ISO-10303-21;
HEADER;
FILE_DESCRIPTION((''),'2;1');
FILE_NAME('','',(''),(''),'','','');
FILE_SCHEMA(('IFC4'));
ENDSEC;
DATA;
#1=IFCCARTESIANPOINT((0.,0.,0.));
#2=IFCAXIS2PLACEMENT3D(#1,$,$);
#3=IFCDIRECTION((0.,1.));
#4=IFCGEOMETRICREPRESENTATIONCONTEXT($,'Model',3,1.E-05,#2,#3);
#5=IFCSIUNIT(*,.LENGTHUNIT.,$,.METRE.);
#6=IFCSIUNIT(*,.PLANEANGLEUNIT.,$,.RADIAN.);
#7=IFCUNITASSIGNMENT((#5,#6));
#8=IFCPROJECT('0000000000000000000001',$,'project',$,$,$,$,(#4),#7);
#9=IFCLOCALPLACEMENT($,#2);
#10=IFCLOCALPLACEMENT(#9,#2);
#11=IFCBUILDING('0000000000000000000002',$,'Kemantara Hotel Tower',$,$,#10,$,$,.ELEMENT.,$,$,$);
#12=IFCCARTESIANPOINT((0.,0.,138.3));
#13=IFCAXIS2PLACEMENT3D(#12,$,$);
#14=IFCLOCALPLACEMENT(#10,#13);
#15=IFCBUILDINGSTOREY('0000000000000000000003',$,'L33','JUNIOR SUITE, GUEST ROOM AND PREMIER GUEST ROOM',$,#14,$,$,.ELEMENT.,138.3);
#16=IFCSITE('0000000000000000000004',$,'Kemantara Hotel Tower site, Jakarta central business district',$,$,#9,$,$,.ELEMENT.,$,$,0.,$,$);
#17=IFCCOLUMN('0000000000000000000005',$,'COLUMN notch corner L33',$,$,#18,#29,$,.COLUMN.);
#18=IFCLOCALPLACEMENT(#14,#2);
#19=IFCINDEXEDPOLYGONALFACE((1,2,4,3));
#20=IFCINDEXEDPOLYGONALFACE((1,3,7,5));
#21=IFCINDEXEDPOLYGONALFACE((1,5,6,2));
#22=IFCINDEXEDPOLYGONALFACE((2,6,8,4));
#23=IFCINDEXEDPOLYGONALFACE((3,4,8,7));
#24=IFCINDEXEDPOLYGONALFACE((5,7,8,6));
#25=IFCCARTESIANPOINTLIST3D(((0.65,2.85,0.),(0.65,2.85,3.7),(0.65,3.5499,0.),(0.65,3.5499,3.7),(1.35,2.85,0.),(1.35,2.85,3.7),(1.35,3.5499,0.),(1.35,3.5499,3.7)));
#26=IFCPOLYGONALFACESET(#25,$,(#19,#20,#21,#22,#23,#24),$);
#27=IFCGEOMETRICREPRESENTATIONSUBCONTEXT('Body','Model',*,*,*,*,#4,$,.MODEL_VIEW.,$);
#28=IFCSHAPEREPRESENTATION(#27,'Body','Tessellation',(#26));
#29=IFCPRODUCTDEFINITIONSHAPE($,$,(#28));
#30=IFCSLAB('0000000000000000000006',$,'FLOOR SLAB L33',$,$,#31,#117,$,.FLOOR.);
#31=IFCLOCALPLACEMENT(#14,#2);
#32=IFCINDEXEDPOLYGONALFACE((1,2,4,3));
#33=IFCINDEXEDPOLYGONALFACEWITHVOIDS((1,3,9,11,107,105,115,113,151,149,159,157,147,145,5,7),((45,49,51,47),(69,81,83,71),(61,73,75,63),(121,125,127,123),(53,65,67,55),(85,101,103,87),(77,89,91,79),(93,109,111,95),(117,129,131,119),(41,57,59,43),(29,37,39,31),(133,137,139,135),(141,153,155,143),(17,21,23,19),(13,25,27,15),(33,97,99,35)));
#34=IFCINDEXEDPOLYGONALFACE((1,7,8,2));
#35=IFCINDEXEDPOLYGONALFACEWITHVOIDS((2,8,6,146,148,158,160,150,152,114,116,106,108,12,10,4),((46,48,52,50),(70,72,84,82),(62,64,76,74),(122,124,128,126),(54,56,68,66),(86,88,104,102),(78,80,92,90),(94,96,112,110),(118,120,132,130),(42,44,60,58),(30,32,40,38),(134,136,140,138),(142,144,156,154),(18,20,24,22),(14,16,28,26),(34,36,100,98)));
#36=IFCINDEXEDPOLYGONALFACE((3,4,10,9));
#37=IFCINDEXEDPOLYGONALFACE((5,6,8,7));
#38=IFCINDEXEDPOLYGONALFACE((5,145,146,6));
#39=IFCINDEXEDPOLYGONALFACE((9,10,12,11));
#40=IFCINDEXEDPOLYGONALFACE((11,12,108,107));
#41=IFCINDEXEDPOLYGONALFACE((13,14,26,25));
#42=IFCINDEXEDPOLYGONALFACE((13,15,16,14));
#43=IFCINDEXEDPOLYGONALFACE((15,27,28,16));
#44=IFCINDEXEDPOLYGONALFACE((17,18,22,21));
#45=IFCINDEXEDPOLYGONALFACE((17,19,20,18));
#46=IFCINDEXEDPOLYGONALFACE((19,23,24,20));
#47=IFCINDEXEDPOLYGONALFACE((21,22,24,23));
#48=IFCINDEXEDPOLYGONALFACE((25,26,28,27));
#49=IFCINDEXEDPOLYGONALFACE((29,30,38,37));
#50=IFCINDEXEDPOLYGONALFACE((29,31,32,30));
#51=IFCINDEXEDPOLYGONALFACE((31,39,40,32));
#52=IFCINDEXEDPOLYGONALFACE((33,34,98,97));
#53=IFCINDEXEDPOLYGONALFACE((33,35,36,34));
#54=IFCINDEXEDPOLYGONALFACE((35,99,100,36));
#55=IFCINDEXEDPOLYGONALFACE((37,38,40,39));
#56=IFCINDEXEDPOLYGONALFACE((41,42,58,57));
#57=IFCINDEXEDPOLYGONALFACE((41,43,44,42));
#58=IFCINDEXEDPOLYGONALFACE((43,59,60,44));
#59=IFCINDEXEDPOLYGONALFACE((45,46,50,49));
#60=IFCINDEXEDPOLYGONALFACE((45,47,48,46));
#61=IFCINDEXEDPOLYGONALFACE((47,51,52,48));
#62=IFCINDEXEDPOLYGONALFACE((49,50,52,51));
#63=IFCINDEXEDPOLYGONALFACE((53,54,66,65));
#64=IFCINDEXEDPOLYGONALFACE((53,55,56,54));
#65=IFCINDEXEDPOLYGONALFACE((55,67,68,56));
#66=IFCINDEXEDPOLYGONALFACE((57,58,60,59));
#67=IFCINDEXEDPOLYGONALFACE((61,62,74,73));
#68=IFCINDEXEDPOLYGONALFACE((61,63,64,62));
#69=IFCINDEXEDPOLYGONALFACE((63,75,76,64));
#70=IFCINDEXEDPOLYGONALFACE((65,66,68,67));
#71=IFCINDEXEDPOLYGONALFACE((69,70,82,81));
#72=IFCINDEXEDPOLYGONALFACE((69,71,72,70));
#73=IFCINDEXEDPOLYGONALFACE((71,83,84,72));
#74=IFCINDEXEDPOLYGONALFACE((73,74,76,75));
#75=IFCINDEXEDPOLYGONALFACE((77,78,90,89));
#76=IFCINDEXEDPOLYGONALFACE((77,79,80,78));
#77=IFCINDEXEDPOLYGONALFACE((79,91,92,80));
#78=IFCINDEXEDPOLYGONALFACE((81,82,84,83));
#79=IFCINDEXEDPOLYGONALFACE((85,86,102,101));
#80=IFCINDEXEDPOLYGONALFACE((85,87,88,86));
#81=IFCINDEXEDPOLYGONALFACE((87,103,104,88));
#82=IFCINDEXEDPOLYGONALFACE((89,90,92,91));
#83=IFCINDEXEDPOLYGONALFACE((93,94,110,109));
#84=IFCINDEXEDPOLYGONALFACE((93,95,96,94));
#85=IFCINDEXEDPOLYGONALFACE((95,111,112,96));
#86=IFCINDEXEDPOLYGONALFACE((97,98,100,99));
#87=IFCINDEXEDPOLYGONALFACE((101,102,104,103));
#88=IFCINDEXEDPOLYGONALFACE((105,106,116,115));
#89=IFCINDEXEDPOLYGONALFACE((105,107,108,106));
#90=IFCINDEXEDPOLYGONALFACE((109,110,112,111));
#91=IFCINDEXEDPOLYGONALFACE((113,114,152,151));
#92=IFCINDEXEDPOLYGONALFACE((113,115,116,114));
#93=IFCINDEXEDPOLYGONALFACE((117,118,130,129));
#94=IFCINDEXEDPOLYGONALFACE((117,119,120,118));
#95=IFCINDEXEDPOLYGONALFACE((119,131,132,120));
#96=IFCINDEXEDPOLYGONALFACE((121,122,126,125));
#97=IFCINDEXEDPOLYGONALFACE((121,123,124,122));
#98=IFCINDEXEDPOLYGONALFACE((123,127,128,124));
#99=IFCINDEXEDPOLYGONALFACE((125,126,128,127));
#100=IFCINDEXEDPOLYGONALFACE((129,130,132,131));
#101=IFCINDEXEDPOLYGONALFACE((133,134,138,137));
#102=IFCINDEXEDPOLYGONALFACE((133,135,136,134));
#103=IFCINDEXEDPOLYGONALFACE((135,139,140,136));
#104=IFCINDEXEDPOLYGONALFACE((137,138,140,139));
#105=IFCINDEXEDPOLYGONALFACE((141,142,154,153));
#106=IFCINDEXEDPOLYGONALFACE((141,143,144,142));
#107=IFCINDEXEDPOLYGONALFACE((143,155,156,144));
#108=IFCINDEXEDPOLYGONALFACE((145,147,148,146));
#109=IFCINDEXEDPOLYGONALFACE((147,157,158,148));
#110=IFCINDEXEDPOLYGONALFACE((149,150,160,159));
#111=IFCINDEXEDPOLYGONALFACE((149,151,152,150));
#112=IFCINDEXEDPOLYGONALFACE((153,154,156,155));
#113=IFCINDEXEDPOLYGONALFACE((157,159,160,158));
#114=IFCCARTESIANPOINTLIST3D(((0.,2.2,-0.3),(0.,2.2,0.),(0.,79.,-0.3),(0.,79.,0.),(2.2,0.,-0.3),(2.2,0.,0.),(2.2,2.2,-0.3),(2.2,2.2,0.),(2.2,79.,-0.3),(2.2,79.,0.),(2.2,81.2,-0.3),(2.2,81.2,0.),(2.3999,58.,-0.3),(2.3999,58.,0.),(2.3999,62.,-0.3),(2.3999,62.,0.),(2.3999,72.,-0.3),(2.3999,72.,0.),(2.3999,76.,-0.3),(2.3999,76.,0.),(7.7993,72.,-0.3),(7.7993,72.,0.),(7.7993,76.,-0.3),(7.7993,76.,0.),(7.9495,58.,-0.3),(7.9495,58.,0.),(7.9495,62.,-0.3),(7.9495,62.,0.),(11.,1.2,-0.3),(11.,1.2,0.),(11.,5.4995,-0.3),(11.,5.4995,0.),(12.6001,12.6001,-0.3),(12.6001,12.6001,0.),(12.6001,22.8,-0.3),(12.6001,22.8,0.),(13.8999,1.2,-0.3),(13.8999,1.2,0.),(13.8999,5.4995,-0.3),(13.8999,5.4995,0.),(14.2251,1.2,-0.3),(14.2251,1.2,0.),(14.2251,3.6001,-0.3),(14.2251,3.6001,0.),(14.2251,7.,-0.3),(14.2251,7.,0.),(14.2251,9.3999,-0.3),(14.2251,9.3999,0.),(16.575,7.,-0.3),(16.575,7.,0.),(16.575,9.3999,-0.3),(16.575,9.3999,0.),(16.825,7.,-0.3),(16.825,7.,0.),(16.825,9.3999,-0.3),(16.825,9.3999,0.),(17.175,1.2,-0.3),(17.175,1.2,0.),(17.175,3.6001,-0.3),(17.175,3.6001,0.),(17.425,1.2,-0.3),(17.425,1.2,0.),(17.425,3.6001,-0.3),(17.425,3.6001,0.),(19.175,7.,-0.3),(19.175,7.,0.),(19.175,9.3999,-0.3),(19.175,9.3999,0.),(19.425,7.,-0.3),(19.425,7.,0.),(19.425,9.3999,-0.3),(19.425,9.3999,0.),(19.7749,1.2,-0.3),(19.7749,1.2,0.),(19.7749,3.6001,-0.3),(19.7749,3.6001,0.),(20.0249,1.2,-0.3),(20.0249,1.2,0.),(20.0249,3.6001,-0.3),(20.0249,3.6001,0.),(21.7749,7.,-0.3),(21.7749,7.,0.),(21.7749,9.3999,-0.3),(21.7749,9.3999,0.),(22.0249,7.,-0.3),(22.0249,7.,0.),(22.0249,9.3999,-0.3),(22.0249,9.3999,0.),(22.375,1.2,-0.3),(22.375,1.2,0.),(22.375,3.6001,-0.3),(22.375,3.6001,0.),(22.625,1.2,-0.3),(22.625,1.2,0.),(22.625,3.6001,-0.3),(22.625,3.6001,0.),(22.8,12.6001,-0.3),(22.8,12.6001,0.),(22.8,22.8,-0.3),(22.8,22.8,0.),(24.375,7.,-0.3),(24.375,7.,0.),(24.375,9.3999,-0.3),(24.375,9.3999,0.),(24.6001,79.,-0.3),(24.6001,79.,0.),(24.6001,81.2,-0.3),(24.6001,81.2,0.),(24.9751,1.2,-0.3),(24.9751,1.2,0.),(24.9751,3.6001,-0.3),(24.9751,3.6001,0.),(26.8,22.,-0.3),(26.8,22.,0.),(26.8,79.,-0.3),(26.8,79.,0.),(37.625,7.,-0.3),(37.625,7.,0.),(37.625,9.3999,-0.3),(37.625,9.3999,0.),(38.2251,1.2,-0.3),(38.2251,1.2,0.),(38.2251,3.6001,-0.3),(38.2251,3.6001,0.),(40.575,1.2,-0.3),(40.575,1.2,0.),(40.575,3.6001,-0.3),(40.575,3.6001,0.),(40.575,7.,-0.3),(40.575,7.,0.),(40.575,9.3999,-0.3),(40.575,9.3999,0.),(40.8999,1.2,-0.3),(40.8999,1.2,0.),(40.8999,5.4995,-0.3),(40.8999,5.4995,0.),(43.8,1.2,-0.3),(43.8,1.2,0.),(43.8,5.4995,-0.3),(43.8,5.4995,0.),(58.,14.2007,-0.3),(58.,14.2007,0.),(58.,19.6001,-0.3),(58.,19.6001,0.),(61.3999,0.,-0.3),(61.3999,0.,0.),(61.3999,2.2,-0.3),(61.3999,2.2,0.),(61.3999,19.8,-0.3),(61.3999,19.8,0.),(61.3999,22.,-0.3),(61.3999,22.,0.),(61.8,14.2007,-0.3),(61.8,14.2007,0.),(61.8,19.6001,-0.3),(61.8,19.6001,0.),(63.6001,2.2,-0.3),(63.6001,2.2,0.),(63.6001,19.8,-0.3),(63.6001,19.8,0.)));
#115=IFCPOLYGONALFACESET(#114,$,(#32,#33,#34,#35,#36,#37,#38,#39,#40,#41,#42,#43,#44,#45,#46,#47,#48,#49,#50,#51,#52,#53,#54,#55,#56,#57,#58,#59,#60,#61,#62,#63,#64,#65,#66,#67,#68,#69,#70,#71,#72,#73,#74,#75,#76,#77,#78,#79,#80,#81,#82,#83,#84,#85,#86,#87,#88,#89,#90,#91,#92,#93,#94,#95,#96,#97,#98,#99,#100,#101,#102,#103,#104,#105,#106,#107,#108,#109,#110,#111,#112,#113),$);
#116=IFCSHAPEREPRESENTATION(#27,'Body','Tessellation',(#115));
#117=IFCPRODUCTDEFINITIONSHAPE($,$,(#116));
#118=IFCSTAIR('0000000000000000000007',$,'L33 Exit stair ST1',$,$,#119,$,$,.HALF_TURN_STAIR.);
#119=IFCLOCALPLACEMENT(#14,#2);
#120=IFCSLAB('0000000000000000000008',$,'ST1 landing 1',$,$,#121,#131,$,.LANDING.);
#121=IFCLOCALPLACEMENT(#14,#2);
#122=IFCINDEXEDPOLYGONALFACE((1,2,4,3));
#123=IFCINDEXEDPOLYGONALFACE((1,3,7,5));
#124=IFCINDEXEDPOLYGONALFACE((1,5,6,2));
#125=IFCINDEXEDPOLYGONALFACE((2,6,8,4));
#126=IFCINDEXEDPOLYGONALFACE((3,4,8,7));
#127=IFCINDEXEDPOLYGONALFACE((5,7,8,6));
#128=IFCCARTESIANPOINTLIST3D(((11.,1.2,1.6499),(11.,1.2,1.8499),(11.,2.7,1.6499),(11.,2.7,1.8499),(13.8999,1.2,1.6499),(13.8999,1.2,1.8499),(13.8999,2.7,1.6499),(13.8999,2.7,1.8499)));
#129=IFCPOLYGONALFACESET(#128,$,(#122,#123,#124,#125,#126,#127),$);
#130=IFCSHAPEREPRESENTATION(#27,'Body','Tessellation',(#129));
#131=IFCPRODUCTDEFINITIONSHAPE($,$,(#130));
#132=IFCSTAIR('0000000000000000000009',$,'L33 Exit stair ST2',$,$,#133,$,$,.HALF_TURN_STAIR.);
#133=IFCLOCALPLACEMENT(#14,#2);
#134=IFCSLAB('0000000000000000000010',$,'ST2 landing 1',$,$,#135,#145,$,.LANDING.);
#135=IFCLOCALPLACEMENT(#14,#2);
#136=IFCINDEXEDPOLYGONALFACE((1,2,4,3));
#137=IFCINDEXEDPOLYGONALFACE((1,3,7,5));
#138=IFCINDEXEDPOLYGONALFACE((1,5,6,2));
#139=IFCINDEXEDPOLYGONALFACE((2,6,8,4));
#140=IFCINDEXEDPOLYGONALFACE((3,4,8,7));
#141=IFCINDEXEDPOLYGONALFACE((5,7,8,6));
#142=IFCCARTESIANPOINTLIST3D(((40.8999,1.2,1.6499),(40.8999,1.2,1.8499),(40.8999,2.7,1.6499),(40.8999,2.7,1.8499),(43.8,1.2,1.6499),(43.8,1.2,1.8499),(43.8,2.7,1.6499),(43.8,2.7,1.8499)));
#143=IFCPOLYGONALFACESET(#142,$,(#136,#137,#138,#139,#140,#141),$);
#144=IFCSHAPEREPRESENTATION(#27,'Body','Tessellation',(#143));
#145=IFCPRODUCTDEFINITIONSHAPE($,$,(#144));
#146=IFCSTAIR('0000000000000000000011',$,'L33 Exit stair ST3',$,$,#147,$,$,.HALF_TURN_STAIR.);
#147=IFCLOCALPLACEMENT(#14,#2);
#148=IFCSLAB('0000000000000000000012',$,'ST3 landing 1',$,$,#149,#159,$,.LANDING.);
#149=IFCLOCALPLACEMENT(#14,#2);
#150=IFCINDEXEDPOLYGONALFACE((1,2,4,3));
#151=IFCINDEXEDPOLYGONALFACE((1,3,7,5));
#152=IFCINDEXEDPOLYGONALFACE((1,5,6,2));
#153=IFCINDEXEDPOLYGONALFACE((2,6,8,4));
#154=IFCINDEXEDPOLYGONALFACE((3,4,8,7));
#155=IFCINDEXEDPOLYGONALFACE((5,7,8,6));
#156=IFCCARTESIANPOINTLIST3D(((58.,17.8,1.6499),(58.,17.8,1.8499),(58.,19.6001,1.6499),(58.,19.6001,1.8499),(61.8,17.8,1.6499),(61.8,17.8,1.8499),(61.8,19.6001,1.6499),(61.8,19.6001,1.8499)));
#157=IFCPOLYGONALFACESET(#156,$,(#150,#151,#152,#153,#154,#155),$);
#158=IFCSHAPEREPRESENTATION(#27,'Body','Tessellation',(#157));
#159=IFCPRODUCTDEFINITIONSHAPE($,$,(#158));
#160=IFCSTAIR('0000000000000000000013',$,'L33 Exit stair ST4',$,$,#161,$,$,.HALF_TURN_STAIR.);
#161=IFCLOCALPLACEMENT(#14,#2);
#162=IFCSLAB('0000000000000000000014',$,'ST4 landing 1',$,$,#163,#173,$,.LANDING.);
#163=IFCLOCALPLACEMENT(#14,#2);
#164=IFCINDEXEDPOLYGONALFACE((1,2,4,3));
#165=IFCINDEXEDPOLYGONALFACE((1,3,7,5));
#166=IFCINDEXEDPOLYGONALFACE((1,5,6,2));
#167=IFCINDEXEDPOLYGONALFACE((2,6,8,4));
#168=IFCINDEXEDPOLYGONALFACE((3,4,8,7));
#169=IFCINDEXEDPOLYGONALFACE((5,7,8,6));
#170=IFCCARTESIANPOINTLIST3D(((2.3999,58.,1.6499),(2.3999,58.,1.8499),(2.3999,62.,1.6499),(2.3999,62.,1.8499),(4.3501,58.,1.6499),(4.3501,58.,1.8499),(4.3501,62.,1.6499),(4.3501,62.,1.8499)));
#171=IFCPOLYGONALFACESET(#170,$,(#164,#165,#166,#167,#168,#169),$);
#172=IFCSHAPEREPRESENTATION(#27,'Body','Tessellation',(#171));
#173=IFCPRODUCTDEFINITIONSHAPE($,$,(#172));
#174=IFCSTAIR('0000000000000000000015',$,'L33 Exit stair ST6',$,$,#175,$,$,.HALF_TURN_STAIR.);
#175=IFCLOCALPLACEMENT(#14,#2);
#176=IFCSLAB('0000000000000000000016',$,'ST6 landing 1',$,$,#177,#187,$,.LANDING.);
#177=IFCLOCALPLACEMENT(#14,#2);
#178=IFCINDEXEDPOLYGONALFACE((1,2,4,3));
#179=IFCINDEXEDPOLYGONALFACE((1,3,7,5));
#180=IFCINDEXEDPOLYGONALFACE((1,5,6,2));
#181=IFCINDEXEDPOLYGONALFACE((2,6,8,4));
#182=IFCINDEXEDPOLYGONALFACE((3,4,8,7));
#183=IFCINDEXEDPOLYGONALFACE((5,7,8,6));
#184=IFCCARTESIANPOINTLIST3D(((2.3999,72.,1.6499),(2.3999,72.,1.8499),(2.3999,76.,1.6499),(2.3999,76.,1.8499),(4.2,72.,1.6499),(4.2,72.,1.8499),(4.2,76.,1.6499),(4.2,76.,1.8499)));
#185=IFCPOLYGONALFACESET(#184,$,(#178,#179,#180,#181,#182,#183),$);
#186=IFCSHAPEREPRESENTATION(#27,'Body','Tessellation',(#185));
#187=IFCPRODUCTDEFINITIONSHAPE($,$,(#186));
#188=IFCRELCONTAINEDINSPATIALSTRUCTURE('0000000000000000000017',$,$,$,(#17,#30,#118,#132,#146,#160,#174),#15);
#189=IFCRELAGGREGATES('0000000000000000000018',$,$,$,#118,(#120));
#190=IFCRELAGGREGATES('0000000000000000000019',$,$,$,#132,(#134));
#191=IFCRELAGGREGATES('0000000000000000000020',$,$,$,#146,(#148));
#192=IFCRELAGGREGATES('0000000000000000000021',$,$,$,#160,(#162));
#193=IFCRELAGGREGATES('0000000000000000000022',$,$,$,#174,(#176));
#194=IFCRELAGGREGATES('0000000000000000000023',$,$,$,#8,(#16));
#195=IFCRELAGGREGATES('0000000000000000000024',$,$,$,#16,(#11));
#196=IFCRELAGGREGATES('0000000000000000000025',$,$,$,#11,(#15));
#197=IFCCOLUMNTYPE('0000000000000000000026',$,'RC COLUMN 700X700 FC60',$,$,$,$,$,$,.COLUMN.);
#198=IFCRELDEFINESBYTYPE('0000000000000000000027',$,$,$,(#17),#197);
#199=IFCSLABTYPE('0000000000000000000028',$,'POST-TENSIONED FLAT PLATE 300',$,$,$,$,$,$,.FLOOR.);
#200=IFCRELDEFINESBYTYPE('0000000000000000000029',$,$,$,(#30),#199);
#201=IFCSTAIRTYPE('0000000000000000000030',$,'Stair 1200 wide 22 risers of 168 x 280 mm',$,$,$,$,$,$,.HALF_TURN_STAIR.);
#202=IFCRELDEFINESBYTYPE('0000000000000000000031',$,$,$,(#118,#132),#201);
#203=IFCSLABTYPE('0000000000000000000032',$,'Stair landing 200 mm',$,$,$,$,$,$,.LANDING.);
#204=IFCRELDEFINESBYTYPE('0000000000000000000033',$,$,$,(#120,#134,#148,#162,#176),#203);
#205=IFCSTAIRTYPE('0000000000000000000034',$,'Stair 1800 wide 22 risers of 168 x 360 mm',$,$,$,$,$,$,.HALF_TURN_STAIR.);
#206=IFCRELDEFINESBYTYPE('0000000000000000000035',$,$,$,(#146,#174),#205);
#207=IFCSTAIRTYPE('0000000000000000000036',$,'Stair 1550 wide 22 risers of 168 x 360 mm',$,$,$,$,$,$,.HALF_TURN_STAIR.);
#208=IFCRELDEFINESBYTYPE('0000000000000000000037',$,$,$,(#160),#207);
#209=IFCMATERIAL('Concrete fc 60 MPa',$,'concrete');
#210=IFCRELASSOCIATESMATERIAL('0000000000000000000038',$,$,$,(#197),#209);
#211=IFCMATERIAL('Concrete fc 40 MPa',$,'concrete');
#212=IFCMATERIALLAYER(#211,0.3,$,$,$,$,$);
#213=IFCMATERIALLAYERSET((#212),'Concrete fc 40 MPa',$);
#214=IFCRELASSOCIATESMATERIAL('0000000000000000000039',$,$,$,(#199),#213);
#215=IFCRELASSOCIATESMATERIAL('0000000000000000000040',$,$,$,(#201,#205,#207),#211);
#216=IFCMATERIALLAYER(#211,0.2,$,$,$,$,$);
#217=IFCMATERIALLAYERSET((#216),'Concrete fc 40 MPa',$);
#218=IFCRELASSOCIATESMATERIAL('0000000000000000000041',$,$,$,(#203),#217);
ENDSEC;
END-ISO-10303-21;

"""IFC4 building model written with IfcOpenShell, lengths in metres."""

from ifc_helpers import new_model, si_unit, direction, frame, origin, origin_2d, place, context, subcontext, project, spatial, polyline, rectangle, outline, extrude, material, layer, layer_set, material_profile, profile_set, type_object, element, aggregate, save


model = new_model("IFC4")

# Units and contexts
model_context = context("Model", 3, precision=1e-05, world=origin(), true_north=direction((0.0, 1.0)))
body_context = subcontext(model_context, "Body", "Model", "MODEL_VIEW")
ifc_project = project(units=[si_unit("LENGTHUNIT", "METRE"), si_unit("PLANEANGLEUNIT", "RADIAN")], contexts=[model_context])

# Site, building, storey
site_placement = place(None, origin())
site = spatial("IfcSite", under=ifc_project, at=site_placement, Name="Kemantara Hotel Tower site, Jakarta central business district", CompositionType="ELEMENT", RefElevation=0.0)
building_placement = place(site_placement, origin())
building = spatial("IfcBuilding", under=site, at=building_placement, Name="Kemantara Hotel Tower", CompositionType="ELEMENT")
storey_placement = place(building_placement, frame((0.0, 0.0, 138.3)))
storey = spatial("IfcBuildingStorey", under=building, at=storey_placement, Name="L33", Description="JUNIOR SUITE, GUEST ROOM AND PREMIER GUEST ROOM", CompositionType="ELEMENT", Elevation=138.3)

# Column
ifc_material_1 = material(Name="Concrete fc 60 MPa", Category="concrete")
ifc_material_profile = material_profile(ifc_material_1, rectangle(XDim=0.7, YDim=0.7, at=origin_2d()), Name="RC 700X700")
ifc_profile_set = profile_set([ifc_material_profile], Name="Concrete fc 60 MPa")
column_type = type_object("IfcColumnType", Name="RC COLUMN 700X700 FC60", PredefinedType="COLUMN", material=ifc_profile_set)
column_placement = place(storey_placement, frame((1.0, 3.2, 0.0), z_axis=(0.0, 0.0, 1.0), x_axis=(1.0, 0.0, 0.0)))
element("IfcColumn", 1, at=column_placement, inside=storey, type_object=column_type, Name="COLUMN notch corner L33", PredefinedType="COLUMN", context=body_context, shape_type="SweptSolid", body=[
    extrude(rectangle(XDim=0.7, YDim=0.7, at=origin_2d()), origin(), (0.0, 0.0, 1.0), 3.7),
])

# Slab
ifc_material_2 = material(Name="Concrete fc 40 MPa", Category="concrete")
ifc_layer_1 = layer(ifc_material_2, 0.3)
ifc_layer_set_1 = layer_set([ifc_layer_1], Name="Concrete fc 40 MPa")
slab_type_1 = type_object("IfcSlabType", Name="POST-TENSIONED FLAT PLATE 300", PredefinedType="FLOOR", material=ifc_layer_set_1)
slab_1_placement = place(storey_placement, frame((0.0, 0.0, -0.3)))
element("IfcSlab", 2, at=slab_1_placement, inside=storey, type_object=slab_type_1, Name="FLOOR SLAB L33", PredefinedType="FLOOR", context=body_context, shape_type="SweptSolid", body=[
    extrude(outline(polyline([(26.8, 79.0), (24.6001, 79.0), (24.6001, 81.2), (2.2, 81.2), (2.2, 79.0), (0.0, 79.0), (0.0, 2.2), (2.2, 2.2), (2.2, 0.0), (61.3999, 0.0), (61.3999, 2.2), (63.6001, 2.2), (63.6001, 19.8), (61.3999, 19.8), (61.3999, 22.0), (26.8, 22.0), (26.8, 79.0)]), holes=[polyline([(17.175, 1.2), (14.2251, 1.2), (14.2251, 3.6001), (17.175, 3.6001), (17.175, 1.2)]), polyline([(19.7749, 1.2), (17.425, 1.2), (17.425, 3.6001), (19.7749, 3.6001), (19.7749, 1.2)]), polyline([(11.0, 1.2), (11.0, 5.4995), (13.8999, 5.4995), (13.8999, 1.2), (11.0, 1.2)]), polyline([(16.575, 7.0), (14.2251, 7.0), (14.2251, 9.3999), (16.575, 9.3999), (16.575, 7.0)]), polyline([(19.175, 7.0), (16.825, 7.0), (16.825, 9.3999), (19.175, 9.3999), (19.175, 7.0)]), polyline([(22.8, 12.6001), (12.6001, 12.6001), (12.6001, 22.8), (22.8, 22.8), (22.8, 12.6001)]), polyline([(2.3999, 62.0), (7.9495, 62.0), (7.9495, 58.0), (2.3999, 58.0), (2.3999, 62.0)]), polyline([(2.3999, 76.0), (7.7993, 76.0), (7.7993, 72.0), (2.3999, 72.0), (2.3999, 76.0)]), polyline([(22.375, 1.2), (20.0249, 1.2), (20.0249, 3.6001), (22.375, 3.6001), (22.375, 1.2)]), polyline([(24.9751, 1.2), (22.625, 1.2), (22.625, 3.6001), (24.9751, 3.6001), (24.9751, 1.2)]), polyline([(40.575, 1.2), (38.2251, 1.2), (38.2251, 3.6001), (40.575, 3.6001), (40.575, 1.2)]), polyline([(40.8999, 1.2), (40.8999, 5.4995), (43.8, 5.4995), (43.8, 1.2), (40.8999, 1.2)]), polyline([(21.7749, 7.0), (19.425, 7.0), (19.425, 9.3999), (21.7749, 9.3999), (21.7749, 7.0)]), polyline([(24.375, 7.0), (22.0249, 7.0), (22.0249, 9.3999), (24.375, 9.3999), (24.375, 7.0)]), polyline([(40.575, 7.0), (37.625, 7.0), (37.625, 9.3999), (40.575, 9.3999), (40.575, 7.0)]), polyline([(61.8, 19.6001), (61.8, 14.2007), (58.0, 14.2007), (58.0, 19.6001), (61.8, 19.6001)])]), origin(), (0.0, 0.0, 1.0), 0.3),
])

# Stairs, slabs
stair_type_1 = type_object("IfcStairType", Name="Stair 1200 wide 22 risers of 168 x 280 mm", PredefinedType="HALF_TURN_STAIR", material=ifc_material_2)
stair_1_placement = place(storey_placement, origin())
stair_1 = element("IfcStair", 3, at=stair_1_placement, inside=storey, type_object=stair_type_1, Name="L33 Exit stair ST1", PredefinedType="HALF_TURN_STAIR")
ifc_layer_2 = layer(ifc_material_2, 0.2)
ifc_layer_set_2 = layer_set([ifc_layer_2], Name="Concrete fc 40 MPa")
slab_type_2 = type_object("IfcSlabType", Name="Stair landing 200 mm", PredefinedType="LANDING", material=ifc_layer_set_2)
slab_2_placement = place(storey_placement, frame((0.0, 0.0, 1.6499)))
slab_2 = element("IfcSlab", 4, at=slab_2_placement, type_object=slab_type_2, Name="ST1 landing 1", PredefinedType="LANDING", context=body_context, shape_type="SweptSolid", body=[
    extrude(outline(polyline([(11.0, 2.7), (11.0, 1.2), (13.8999, 1.2), (13.8999, 2.7), (11.0, 2.7)])), origin(), (0.0, 0.0, 1.0), 0.2),
])
aggregate(stair_1, [slab_2])
stair_2_placement = place(storey_placement, origin())
stair_2 = element("IfcStair", 5, at=stair_2_placement, inside=storey, type_object=stair_type_1, Name="L33 Exit stair ST2", PredefinedType="HALF_TURN_STAIR")
slab_3_placement = place(storey_placement, frame((0.0, 0.0, 1.6499)))
slab_3 = element("IfcSlab", 6, at=slab_3_placement, type_object=slab_type_2, Name="ST2 landing 1", PredefinedType="LANDING", context=body_context, shape_type="SweptSolid", body=[
    extrude(outline(polyline([(40.8999, 2.7), (40.8999, 1.2), (43.8, 1.2), (43.8, 2.7), (40.8999, 2.7)])), origin(), (0.0, 0.0, 1.0), 0.2),
])
aggregate(stair_2, [slab_3])
stair_type_2 = type_object("IfcStairType", Name="Stair 1800 wide 22 risers of 168 x 360 mm", PredefinedType="HALF_TURN_STAIR", material=ifc_material_2)
stair_3_placement = place(storey_placement, origin())
stair_3 = element("IfcStair", 7, at=stair_3_placement, inside=storey, type_object=stair_type_2, Name="L33 Exit stair ST3", PredefinedType="HALF_TURN_STAIR")
slab_4_placement = place(storey_placement, frame((0.0, 0.0, 1.6499)))
slab_4 = element("IfcSlab", 8, at=slab_4_placement, type_object=slab_type_2, Name="ST3 landing 1", PredefinedType="LANDING", context=body_context, shape_type="SweptSolid", body=[
    extrude(outline(polyline([(61.8, 17.8), (61.8, 19.6001), (58.0, 19.6001), (58.0, 17.8), (61.8, 17.8)])), origin(), (0.0, 0.0, 1.0), 0.2),
])
aggregate(stair_3, [slab_4])
stair_type_3 = type_object("IfcStairType", Name="Stair 1550 wide 22 risers of 168 x 360 mm", PredefinedType="HALF_TURN_STAIR", material=ifc_material_2)
stair_4_placement = place(storey_placement, origin())
stair_4 = element("IfcStair", 9, at=stair_4_placement, inside=storey, type_object=stair_type_3, Name="L33 Exit stair ST4", PredefinedType="HALF_TURN_STAIR")
slab_5_placement = place(storey_placement, frame((0.0, 0.0, 1.6499)))
slab_5 = element("IfcSlab", 10, at=slab_5_placement, type_object=slab_type_2, Name="ST4 landing 1", PredefinedType="LANDING", context=body_context, shape_type="SweptSolid", body=[
    extrude(outline(polyline([(4.3501, 62.0), (2.3999, 62.0), (2.3999, 58.0), (4.3501, 58.0), (4.3501, 62.0)])), origin(), (0.0, 0.0, 1.0), 0.2),
])
aggregate(stair_4, [slab_5])
stair_5_placement = place(storey_placement, origin())
stair_5 = element("IfcStair", 11, at=stair_5_placement, inside=storey, type_object=stair_type_2, Name="L33 Exit stair ST6", PredefinedType="HALF_TURN_STAIR")
slab_6_placement = place(storey_placement, frame((0.0, 0.0, 1.6499)))
slab_6 = element("IfcSlab", 12, at=slab_6_placement, type_object=slab_type_2, Name="ST6 landing 1", PredefinedType="LANDING", context=body_context, shape_type="SweptSolid", body=[
    extrude(outline(polyline([(4.2, 76.0), (2.3999, 76.0), (2.3999, 72.0), (4.2, 72.0), (4.2, 76.0)])), origin(), (0.0, 0.0, 1.0), 0.2),
])
aggregate(stair_5, [slab_6])

save(model, "model.ifc")
